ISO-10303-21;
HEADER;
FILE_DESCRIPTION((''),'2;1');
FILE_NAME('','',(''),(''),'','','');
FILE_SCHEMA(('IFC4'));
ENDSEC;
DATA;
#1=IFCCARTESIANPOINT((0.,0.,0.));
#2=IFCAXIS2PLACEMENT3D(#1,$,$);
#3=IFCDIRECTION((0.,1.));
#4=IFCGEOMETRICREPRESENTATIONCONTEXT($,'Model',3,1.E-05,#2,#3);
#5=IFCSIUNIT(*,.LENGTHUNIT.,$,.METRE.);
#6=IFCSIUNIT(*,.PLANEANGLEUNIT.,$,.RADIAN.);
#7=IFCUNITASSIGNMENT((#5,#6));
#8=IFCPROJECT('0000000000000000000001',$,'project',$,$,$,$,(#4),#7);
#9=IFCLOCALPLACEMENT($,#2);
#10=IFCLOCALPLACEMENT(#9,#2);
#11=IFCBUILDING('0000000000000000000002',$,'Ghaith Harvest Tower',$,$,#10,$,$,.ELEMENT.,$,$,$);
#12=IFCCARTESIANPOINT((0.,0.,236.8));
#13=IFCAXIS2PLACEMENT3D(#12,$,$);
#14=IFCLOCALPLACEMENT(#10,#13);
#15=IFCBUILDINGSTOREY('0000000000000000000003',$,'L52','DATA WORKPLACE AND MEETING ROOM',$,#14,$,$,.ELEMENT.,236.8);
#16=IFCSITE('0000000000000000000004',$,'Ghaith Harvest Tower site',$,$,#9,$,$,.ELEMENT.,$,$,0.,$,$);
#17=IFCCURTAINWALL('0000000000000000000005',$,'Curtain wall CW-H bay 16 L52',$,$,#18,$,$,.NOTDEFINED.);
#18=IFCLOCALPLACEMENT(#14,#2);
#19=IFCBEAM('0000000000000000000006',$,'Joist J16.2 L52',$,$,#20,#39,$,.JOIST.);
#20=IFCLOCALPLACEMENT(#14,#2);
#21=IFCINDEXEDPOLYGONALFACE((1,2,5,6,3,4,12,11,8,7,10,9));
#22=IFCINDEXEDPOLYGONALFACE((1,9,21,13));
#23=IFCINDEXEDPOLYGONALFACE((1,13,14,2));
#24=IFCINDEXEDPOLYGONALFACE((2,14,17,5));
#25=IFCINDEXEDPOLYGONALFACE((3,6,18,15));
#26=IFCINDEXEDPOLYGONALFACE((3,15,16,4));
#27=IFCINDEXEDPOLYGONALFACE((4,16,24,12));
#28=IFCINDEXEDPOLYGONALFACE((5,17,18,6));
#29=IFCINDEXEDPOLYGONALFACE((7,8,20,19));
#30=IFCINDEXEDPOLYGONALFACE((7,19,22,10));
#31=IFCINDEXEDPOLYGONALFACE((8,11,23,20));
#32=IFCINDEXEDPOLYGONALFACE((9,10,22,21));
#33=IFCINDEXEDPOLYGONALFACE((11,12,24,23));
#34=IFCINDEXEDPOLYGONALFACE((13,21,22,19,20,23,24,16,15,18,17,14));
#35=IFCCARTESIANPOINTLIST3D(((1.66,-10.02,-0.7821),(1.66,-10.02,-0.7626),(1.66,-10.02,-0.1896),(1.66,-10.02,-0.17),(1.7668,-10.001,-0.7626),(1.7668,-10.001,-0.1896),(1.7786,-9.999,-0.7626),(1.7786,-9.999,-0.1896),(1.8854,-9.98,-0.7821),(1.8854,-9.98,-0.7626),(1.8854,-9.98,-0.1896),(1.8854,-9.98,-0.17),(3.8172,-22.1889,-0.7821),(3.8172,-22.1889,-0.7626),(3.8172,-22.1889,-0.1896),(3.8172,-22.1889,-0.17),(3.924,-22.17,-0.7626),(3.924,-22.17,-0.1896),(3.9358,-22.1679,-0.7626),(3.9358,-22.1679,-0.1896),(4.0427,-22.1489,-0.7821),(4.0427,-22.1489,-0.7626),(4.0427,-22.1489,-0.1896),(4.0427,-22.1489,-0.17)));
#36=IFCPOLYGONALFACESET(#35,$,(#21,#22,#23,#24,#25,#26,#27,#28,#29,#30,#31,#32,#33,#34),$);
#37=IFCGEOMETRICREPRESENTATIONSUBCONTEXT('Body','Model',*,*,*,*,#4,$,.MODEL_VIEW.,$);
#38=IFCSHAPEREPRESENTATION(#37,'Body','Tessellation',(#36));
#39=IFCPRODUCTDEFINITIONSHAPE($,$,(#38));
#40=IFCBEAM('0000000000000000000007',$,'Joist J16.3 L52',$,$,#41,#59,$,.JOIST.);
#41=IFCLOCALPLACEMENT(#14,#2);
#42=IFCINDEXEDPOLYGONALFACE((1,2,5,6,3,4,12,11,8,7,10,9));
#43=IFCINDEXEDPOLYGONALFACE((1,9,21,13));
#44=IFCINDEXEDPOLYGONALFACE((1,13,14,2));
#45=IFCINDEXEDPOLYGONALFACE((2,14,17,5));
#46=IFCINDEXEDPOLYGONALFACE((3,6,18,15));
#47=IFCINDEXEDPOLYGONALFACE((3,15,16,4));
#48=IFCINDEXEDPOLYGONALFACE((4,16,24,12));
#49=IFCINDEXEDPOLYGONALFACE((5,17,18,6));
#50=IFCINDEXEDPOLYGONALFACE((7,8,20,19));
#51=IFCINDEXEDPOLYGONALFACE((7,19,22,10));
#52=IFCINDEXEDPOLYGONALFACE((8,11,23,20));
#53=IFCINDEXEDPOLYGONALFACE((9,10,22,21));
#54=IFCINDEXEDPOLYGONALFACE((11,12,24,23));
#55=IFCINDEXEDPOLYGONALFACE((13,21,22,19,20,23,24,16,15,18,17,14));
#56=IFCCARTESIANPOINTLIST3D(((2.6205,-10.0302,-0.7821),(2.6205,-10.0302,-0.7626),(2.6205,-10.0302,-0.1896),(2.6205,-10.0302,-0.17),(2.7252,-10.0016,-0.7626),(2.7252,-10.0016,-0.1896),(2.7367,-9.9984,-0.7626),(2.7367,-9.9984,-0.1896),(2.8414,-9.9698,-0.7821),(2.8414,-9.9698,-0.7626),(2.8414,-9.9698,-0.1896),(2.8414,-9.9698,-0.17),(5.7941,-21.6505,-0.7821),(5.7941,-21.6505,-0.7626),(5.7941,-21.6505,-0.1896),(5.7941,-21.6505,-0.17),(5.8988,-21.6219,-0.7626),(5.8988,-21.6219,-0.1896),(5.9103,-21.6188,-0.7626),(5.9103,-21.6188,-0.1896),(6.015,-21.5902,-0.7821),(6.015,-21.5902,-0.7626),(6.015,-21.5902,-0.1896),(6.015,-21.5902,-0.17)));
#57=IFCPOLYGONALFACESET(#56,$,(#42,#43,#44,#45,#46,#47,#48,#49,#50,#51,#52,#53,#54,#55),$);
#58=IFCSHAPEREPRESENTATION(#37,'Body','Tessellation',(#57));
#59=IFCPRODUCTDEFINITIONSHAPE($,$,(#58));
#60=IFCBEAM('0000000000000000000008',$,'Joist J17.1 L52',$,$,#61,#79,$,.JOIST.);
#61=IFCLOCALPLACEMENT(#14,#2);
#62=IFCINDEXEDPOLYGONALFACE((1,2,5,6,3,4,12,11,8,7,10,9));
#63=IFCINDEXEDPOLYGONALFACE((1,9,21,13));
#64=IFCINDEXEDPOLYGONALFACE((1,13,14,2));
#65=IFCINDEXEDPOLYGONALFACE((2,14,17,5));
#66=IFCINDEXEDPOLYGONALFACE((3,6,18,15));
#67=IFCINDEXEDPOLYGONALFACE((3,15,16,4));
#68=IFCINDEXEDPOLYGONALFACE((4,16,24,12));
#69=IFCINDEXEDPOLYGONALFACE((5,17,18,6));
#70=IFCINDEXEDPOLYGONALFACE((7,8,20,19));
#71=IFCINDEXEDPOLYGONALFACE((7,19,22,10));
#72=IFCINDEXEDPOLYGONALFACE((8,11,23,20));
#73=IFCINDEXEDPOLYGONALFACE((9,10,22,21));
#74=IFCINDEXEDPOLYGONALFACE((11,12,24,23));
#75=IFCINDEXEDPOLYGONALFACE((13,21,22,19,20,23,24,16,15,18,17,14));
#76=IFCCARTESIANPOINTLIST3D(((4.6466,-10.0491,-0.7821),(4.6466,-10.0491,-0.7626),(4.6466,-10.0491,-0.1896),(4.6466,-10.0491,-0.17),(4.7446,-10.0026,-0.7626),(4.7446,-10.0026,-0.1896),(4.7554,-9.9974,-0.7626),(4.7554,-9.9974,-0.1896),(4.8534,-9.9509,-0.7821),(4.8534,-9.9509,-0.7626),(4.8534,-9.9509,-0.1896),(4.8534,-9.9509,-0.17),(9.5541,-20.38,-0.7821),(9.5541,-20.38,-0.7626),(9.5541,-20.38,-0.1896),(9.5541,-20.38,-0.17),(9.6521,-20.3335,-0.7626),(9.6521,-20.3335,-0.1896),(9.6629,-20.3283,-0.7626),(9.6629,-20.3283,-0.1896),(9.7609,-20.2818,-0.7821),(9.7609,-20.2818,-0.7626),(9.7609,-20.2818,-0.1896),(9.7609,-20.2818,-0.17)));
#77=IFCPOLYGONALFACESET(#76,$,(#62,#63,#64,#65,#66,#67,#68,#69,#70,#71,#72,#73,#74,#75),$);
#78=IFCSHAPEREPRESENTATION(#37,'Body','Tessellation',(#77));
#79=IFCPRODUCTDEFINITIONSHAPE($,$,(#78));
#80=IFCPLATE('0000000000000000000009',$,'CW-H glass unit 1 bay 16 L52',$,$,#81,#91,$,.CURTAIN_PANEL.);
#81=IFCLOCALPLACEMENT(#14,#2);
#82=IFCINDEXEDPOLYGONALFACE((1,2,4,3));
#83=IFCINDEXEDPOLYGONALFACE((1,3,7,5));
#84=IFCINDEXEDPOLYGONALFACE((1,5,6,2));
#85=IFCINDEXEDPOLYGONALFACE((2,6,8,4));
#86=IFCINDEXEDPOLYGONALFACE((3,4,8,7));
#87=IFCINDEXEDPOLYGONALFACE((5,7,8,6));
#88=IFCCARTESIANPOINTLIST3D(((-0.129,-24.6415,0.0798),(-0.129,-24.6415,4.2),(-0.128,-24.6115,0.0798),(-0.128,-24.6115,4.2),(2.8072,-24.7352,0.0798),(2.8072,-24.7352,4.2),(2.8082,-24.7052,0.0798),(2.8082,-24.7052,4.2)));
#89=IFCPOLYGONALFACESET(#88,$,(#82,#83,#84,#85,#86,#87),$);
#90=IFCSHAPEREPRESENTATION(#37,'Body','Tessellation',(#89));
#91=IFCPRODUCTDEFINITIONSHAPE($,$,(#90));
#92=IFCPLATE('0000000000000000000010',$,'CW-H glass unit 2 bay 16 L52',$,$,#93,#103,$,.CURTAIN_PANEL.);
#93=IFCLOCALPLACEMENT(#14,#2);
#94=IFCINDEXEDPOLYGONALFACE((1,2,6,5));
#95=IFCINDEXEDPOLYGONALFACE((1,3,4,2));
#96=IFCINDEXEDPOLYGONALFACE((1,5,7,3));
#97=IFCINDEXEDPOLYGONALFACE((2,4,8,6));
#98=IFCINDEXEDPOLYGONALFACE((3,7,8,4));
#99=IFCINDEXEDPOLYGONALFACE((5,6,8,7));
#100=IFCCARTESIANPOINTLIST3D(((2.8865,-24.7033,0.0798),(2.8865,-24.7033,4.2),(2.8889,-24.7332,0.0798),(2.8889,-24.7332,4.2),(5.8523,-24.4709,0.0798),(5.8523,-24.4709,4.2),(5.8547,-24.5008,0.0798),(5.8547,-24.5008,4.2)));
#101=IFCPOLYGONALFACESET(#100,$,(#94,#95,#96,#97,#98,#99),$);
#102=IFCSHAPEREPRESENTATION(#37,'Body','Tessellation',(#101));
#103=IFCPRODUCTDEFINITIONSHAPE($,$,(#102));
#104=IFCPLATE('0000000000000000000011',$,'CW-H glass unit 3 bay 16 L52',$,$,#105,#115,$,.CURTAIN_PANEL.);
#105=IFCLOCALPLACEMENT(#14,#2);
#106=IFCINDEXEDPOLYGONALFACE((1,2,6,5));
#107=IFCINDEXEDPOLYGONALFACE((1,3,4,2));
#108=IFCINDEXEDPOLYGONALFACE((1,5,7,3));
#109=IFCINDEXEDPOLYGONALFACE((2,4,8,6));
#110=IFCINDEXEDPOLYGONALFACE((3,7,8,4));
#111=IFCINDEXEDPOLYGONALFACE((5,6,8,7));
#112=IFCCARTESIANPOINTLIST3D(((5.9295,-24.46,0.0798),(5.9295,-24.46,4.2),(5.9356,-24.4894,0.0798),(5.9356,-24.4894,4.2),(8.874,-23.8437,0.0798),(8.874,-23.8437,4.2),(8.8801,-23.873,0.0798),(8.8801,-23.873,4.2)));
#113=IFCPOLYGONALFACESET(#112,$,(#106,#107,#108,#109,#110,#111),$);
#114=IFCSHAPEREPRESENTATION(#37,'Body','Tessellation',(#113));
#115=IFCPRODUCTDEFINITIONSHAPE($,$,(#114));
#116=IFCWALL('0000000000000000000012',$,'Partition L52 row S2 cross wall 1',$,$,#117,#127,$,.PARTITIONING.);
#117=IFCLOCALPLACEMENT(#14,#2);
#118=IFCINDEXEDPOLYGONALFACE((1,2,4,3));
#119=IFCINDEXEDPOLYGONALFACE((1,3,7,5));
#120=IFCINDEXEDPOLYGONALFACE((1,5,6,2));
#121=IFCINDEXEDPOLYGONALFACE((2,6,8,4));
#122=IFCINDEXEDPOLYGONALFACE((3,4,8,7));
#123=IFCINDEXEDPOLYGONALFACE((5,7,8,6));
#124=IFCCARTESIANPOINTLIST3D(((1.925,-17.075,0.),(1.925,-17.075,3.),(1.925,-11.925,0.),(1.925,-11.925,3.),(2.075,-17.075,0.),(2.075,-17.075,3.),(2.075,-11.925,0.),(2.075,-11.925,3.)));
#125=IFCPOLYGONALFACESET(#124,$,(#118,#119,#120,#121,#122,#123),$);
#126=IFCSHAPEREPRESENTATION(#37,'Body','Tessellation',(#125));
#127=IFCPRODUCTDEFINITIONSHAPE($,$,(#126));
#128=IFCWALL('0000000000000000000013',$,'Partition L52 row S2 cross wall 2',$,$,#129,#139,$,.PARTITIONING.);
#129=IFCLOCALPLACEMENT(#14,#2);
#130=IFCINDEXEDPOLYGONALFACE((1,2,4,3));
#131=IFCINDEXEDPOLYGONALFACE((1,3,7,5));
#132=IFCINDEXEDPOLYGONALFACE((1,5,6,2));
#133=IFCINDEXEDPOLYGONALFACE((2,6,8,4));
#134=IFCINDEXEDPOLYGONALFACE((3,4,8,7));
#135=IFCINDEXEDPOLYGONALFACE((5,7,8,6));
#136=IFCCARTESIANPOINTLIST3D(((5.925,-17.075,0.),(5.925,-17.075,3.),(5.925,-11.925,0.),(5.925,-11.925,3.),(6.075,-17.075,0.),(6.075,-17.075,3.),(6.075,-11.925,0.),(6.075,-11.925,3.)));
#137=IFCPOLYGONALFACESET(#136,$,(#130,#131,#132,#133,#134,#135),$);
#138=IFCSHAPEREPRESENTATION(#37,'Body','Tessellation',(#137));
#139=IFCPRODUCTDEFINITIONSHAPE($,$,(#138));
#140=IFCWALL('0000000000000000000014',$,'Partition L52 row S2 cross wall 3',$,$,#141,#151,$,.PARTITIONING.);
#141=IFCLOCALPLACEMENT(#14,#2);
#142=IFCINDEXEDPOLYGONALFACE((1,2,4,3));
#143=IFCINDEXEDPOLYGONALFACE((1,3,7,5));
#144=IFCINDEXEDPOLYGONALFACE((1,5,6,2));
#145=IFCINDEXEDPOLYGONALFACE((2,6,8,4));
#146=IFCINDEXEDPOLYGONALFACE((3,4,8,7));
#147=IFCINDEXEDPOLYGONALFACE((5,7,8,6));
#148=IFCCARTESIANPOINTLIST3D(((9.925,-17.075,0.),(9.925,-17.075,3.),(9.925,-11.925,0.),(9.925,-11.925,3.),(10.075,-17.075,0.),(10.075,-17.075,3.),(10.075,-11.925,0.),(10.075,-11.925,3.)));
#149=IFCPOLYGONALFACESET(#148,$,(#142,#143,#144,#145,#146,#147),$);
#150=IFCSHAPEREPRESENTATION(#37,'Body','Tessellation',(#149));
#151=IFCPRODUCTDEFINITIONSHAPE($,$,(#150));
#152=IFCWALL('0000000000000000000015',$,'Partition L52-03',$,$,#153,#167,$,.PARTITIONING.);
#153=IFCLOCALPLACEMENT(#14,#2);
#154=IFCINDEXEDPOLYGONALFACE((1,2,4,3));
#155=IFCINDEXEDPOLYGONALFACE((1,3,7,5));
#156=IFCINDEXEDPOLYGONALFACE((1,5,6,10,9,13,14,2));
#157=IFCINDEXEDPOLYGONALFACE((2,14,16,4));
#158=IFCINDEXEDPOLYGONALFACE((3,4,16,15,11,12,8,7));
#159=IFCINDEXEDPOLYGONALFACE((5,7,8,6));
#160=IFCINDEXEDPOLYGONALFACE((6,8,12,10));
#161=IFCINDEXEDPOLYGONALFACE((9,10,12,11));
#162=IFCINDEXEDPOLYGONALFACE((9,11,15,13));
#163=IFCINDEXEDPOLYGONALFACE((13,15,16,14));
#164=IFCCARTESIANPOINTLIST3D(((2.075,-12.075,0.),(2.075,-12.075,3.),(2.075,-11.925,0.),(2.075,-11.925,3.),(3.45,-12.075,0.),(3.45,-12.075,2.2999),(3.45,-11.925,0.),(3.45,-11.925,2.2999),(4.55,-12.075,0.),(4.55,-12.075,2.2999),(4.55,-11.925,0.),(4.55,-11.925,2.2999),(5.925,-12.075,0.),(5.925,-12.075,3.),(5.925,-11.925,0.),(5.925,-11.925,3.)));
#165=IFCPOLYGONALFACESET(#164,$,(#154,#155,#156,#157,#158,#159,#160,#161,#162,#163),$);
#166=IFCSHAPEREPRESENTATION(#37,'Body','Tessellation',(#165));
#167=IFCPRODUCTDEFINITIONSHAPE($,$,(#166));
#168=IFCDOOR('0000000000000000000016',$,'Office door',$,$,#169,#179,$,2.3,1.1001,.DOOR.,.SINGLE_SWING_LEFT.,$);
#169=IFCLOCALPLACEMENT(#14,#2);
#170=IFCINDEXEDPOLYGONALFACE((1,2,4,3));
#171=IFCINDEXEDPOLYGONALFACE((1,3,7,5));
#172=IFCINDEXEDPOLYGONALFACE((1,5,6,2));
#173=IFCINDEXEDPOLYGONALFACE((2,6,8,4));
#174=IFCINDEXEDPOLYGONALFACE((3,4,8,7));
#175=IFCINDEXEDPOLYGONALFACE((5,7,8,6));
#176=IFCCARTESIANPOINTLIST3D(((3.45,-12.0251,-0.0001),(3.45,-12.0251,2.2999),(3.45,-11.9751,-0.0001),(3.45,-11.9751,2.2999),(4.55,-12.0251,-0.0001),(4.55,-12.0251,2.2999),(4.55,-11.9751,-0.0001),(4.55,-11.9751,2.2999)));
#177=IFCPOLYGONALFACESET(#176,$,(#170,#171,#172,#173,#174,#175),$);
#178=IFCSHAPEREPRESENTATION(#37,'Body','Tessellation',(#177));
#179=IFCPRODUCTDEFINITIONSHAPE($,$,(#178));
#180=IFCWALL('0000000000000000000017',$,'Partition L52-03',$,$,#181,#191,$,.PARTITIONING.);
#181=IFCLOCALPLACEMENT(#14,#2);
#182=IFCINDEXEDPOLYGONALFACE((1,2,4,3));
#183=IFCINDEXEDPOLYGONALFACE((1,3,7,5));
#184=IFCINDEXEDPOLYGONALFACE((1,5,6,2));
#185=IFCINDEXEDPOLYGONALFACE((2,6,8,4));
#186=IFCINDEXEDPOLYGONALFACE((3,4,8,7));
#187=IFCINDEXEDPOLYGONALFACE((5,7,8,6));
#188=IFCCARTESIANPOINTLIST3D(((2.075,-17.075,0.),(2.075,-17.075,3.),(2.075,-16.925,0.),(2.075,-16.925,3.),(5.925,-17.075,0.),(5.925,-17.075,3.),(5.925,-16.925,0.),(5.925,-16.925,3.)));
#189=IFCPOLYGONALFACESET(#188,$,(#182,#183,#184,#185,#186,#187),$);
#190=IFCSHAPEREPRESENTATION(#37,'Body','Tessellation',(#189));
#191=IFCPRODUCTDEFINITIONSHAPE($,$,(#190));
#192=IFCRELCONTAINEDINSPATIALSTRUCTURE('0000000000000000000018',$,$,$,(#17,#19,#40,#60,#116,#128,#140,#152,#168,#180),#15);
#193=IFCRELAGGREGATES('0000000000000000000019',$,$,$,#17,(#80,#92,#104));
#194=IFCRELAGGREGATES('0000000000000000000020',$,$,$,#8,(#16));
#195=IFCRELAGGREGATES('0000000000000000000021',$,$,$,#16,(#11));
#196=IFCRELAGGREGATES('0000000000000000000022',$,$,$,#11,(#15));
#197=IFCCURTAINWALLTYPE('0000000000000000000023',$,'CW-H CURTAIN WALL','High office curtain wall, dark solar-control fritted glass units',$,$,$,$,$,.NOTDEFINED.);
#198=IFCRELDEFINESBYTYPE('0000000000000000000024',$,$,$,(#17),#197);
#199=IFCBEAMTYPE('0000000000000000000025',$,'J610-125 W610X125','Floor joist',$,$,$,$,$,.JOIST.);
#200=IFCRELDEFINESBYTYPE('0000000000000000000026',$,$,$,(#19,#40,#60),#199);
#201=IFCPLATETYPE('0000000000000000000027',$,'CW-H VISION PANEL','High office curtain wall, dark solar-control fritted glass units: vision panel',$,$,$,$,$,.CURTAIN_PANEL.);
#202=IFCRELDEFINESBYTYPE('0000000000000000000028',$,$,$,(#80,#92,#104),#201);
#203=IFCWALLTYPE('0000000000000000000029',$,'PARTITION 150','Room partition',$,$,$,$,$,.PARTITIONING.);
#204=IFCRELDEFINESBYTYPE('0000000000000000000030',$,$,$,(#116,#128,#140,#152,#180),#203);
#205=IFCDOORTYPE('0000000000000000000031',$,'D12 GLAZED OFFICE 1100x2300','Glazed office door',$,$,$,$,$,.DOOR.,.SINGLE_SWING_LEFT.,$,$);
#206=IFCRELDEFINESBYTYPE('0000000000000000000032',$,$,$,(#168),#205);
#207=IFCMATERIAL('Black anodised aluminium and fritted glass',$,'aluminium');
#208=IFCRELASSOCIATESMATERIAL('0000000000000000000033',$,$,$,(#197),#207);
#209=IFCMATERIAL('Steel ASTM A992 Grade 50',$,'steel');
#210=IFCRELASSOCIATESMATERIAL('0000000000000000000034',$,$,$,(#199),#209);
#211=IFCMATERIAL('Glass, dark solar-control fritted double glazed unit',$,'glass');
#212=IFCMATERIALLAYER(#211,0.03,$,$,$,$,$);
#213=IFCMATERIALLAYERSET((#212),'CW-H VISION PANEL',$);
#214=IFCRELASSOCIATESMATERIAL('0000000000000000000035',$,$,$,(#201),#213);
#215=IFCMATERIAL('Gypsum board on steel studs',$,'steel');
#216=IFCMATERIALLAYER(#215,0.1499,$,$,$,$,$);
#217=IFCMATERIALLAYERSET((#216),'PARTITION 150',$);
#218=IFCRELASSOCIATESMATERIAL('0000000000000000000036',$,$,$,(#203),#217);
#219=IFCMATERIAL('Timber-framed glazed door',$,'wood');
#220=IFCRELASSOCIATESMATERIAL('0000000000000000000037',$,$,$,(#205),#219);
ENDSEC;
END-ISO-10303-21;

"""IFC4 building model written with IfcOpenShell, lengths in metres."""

from ifc_helpers import new_model, si_unit, direction, frame, frame_2d, origin, origin_2d, place, context, subcontext, project, spatial, rectangle, i_section, extrude, material, layer, layer_set, material_profile, profile_set, type_object, element, fill, aggregate, save


model = new_model("IFC4")

# Units and contexts
model_context = context("Model", 3, precision=1e-05, world=origin(), true_north=direction((0.0, 1.0)))
body_context = subcontext(model_context, "Body", "Model", "MODEL_VIEW")
ifc_project = project(units=[si_unit("LENGTHUNIT", "METRE"), si_unit("PLANEANGLEUNIT", "RADIAN")], contexts=[model_context])

# Site, building, storey
site_placement = place(None, origin())
site = spatial("IfcSite", under=ifc_project, at=site_placement, Name="Ghaith Harvest Tower site", CompositionType="ELEMENT", RefElevation=0.0)
building_placement = place(site_placement, origin())
building = spatial("IfcBuilding", under=site, at=building_placement, Name="Ghaith Harvest Tower", CompositionType="ELEMENT")
storey_placement = place(building_placement, frame((0.0, 0.0, 236.8)))
storey = spatial("IfcBuildingStorey", under=building, at=storey_placement, Name="L52", Description="DATA WORKPLACE AND MEETING ROOM", CompositionType="ELEMENT", Elevation=236.8)

# Curtain wall
ifc_material_1 = material(Name="Black anodised aluminium and fritted glass", Category="aluminium")
curtain_wall_type = type_object("IfcCurtainWallType", Name="CW-H CURTAIN WALL", Description="High office curtain wall, dark solar-control fritted glass units", PredefinedType="NOTDEFINED", material=ifc_material_1)
curtain_wall_1_placement = place(storey_placement, origin())
curtain_wall_1 = element("IfcCurtainWall", 1, at=curtain_wall_1_placement, inside=storey, type_object=curtain_wall_type, Name="Curtain wall CW-H bay 16 L52", PredefinedType="NOTDEFINED")

# Beams
ifc_material_2 = material(Name="Steel ASTM A992 Grade 50", Category="steel")
ifc_material_profile_1 = material_profile(ifc_material_2, i_section(OverallWidth=0.229, OverallDepth=0.6121, WebThickness=0.012, FlangeThickness=0.0195, at=origin_2d()), Name="W610X125")
ifc_profile_set_1 = profile_set([ifc_material_profile_1], Name="Steel ASTM A992 Grade 50")
beam_type_1 = type_object("IfcBeamType", Name="J610-125 W610X125", Description="Floor joist", PredefinedType="JOIST", material=ifc_profile_set_1)
beam_1_placement = place(storey_placement, frame((1.7727, -10.0, -0.4761), z_axis=(0.174552, -0.984648, 0.0), x_axis=(0.984648, 0.174552, 0.0)))
element("IfcBeam", 2, at=beam_1_placement, inside=storey, type_object=beam_type_1, Name="Joist J16.2 L52", PredefinedType="JOIST", context=body_context, shape_type="SweptSolid", body=[
    extrude(i_section(OverallWidth=0.229, OverallDepth=0.6121, WebThickness=0.012, FlangeThickness=0.0195, at=origin_2d()), origin(), (0.0, 0.0, 1.0), 12.3586),
])
beam_2_placement = place(storey_placement, frame((2.731, -10.0, -0.4761), z_axis=(0.263457, -0.964671, 0.0), x_axis=(0.964671, 0.263457, 0.0)))
element("IfcBeam", 3, at=beam_2_placement, inside=storey, type_object=beam_type_1, Name="Joist J16.3 L52", PredefinedType="JOIST", context=body_context, shape_type="SweptSolid", body=[
    extrude(i_section(OverallWidth=0.229, OverallDepth=0.6121, WebThickness=0.012, FlangeThickness=0.0195, at=origin_2d()), origin(), (0.0, 0.0, 1.0), 12.0459),
])
beam_3_placement = place(storey_placement, frame((4.75, -10.0, -0.4761), z_axis=(0.429081, -0.903266, 0.0), x_axis=(0.903266, 0.429081, 0.0)))
element("IfcBeam", 4, at=beam_3_placement, inside=storey, type_object=beam_type_1, Name="Joist J17.1 L52", PredefinedType="JOIST", context=body_context, shape_type="SweptSolid", body=[
    extrude(i_section(OverallWidth=0.229, OverallDepth=0.6121, WebThickness=0.012, FlangeThickness=0.0195, at=origin_2d()), origin(), (0.0, 0.0, 1.0), 11.4373),
])

# Plates
ifc_material_3 = material(Name="Glass, dark solar-control fritted double glazed unit", Category="glass")
ifc_layer_1 = layer(ifc_material_3, 0.03)
ifc_layer_set_1 = layer_set([ifc_layer_1], Name="CW-H VISION PANEL")
plate_type = type_object("IfcPlateType", Name="CW-H VISION PANEL", Description="High office curtain wall, dark solar-control fritted glass units: vision panel", PredefinedType="CURTAIN_PANEL", material=ifc_layer_set_1)
plate_1_placement = place(storey_placement, frame((1.3396, -24.6733, 0.0798), z_axis=(0.0, 0.0, 1.0), x_axis=(0.999491, -0.031894, 0.0)))
plate_1 = element("IfcPlate", 5, at=plate_1_placement, type_object=plate_type, Name="CW-H glass unit 1 bay 16 L52", PredefinedType="CURTAIN_PANEL", context=body_context, shape_type="SweptSolid", body=[
    extrude(rectangle(XDim=2.9377, YDim=0.03, at=origin_2d()), origin(), (0.0, 0.0, 1.0), 4.1201),
])
plate_2_placement = place(storey_placement, frame((4.3706, -24.6021, 0.0798), z_axis=(0.0, 0.0, 1.0), x_axis=(0.996945, 0.078101, 0.0)))
plate_2 = element("IfcPlate", 6, at=plate_2_placement, type_object=plate_type, Name="CW-H glass unit 2 bay 16 L52", PredefinedType="CURTAIN_PANEL", context=body_context, shape_type="SweptSolid", body=[
    extrude(rectangle(XDim=2.9749, YDim=0.03, at=origin_2d()), origin(), (0.0, 0.0, 1.0), 4.1201),
])
plate_3_placement = place(storey_placement, frame((7.4048, -24.1665, 0.0798), z_axis=(0.0, 0.0, 1.0), x_axis=(0.978789, 0.204872, 0.0)))
plate_3 = element("IfcPlate", 7, at=plate_3_placement, type_object=plate_type, Name="CW-H glass unit 3 bay 16 L52", PredefinedType="CURTAIN_PANEL", context=body_context, shape_type="SweptSolid", body=[
    extrude(rectangle(XDim=3.0083, YDim=0.03, at=origin_2d()), origin(), (0.0, 0.0, 1.0), 4.1201),
])
aggregate(curtain_wall_1, [plate_1, plate_2, plate_3])

# Walls
ifc_material_4 = material(Name="Gypsum board on steel studs", Category="steel")
ifc_layer_2 = layer(ifc_material_4, 0.1499)
ifc_layer_set_2 = layer_set([ifc_layer_2], Name="PARTITION 150")
wall_type = type_object("IfcWallType", Name="PARTITION 150", Description="Room partition", PredefinedType="PARTITIONING", material=ifc_layer_set_2)
for number, where, z_axis, x_axis, name in (
    (8, (2.0, -11.925, 0.0), (0.0, 0.0, 1.0), (0.0, -1.0, 0.0), "Partition L52 row S2 cross wall 1"),
    (9, (6.0, -11.925, 0.0), (0.0, 0.0, 1.0), (0.0, -1.0, 0.0), "Partition L52 row S2 cross wall 2"),
    (10, (10.0, -11.925, 0.0), (0.0, 0.0, 1.0), (0.0, -1.0, 0.0), "Partition L52 row S2 cross wall 3"),
):
    element("IfcWall", number, at=place(storey_placement, frame(where, z_axis=z_axis, x_axis=x_axis)), inside=storey, type_object=wall_type, Name=name, PredefinedType="PARTITIONING", context=body_context, shape_type="SweptSolid", body=[
        extrude(rectangle(XDim=5.1499, YDim=0.1499, at=frame_2d((2.575, 0.0))), origin(), (0.0, 0.0, 1.0), 3.0),
    ])

# Wall, opening, door
wall_1_placement = place(storey_placement, frame((2.075, -12.0, 0.0), z_axis=(0.0, 0.0, 1.0), x_axis=(1.0, 0.0, 0.0)))
wall_1 = element("IfcWall", 11, at=wall_1_placement, inside=storey, type_object=wall_type, Name="Partition L52-03", PredefinedType="PARTITIONING", context=body_context, shape_type="SweptSolid", body=[
    extrude(rectangle(XDim=3.8501, YDim=0.1499, at=frame_2d((1.925, 0.0))), origin(), (0.0, 0.0, 1.0), 3.0),
])
opening_1_placement = place(wall_1_placement, frame((1.375, 0.0, 0.0)))
opening_1 = element("IfcOpeningElement", 12, at=opening_1_placement, cuts=wall_1, PredefinedType="OPENING", context=body_context, shape_type="SweptSolid", body=[
    extrude(rectangle(XDim=1.1001, YDim=2.3, at=frame_2d((0.55, 1.1499))), frame((0.0, 0.085, 0.0), z_axis=(0.0, -1.0, 0.0), x_axis=(1.0, 0.0, 0.0)), (0.0, 0.0, 1.0), 0.1699),
])
ifc_material_5 = material(Name="Timber-framed glazed door", Category="wood")
door_type = type_object("IfcDoorType", Name="D12 GLAZED OFFICE 1100x2300", Description="Glazed office door", OperationType="SINGLE_SWING_LEFT", PredefinedType="DOOR", material=ifc_material_5)
door_1_placement = place(opening_1_placement, origin())
door_1 = element("IfcDoor", 13, at=door_1_placement, inside=storey, type_object=door_type, Name="Office door", OperationType="SINGLE_SWING_LEFT", OverallHeight=2.3, OverallWidth=1.1001, PredefinedType="DOOR", context=body_context, shape_type="SweptSolid", body=[
    extrude(rectangle(XDim=1.1001, YDim=2.3, at=frame_2d((0.55, 1.1499))), frame((0.0, 0.0249, 0.0), z_axis=(0.0, -1.0, 0.0), x_axis=(1.0, 0.0, 0.0)), (0.0, 0.0, 1.0), 0.05),
])
fill(opening_1, door_1)

# Wall
wall_2_placement = place(storey_placement, frame((2.075, -17.0, 0.0), z_axis=(0.0, 0.0, 1.0), x_axis=(1.0, 0.0, 0.0)))
element("IfcWall", 14, at=wall_2_placement, inside=storey, type_object=wall_type, Name="Partition L52-03", PredefinedType="PARTITIONING", context=body_context, shape_type="SweptSolid", body=[
    extrude(rectangle(XDim=3.8501, YDim=0.1499, at=frame_2d((1.925, 0.0))), origin(), (0.0, 0.0, 1.0), 3.0),
])

save(model, "model.ifc")
